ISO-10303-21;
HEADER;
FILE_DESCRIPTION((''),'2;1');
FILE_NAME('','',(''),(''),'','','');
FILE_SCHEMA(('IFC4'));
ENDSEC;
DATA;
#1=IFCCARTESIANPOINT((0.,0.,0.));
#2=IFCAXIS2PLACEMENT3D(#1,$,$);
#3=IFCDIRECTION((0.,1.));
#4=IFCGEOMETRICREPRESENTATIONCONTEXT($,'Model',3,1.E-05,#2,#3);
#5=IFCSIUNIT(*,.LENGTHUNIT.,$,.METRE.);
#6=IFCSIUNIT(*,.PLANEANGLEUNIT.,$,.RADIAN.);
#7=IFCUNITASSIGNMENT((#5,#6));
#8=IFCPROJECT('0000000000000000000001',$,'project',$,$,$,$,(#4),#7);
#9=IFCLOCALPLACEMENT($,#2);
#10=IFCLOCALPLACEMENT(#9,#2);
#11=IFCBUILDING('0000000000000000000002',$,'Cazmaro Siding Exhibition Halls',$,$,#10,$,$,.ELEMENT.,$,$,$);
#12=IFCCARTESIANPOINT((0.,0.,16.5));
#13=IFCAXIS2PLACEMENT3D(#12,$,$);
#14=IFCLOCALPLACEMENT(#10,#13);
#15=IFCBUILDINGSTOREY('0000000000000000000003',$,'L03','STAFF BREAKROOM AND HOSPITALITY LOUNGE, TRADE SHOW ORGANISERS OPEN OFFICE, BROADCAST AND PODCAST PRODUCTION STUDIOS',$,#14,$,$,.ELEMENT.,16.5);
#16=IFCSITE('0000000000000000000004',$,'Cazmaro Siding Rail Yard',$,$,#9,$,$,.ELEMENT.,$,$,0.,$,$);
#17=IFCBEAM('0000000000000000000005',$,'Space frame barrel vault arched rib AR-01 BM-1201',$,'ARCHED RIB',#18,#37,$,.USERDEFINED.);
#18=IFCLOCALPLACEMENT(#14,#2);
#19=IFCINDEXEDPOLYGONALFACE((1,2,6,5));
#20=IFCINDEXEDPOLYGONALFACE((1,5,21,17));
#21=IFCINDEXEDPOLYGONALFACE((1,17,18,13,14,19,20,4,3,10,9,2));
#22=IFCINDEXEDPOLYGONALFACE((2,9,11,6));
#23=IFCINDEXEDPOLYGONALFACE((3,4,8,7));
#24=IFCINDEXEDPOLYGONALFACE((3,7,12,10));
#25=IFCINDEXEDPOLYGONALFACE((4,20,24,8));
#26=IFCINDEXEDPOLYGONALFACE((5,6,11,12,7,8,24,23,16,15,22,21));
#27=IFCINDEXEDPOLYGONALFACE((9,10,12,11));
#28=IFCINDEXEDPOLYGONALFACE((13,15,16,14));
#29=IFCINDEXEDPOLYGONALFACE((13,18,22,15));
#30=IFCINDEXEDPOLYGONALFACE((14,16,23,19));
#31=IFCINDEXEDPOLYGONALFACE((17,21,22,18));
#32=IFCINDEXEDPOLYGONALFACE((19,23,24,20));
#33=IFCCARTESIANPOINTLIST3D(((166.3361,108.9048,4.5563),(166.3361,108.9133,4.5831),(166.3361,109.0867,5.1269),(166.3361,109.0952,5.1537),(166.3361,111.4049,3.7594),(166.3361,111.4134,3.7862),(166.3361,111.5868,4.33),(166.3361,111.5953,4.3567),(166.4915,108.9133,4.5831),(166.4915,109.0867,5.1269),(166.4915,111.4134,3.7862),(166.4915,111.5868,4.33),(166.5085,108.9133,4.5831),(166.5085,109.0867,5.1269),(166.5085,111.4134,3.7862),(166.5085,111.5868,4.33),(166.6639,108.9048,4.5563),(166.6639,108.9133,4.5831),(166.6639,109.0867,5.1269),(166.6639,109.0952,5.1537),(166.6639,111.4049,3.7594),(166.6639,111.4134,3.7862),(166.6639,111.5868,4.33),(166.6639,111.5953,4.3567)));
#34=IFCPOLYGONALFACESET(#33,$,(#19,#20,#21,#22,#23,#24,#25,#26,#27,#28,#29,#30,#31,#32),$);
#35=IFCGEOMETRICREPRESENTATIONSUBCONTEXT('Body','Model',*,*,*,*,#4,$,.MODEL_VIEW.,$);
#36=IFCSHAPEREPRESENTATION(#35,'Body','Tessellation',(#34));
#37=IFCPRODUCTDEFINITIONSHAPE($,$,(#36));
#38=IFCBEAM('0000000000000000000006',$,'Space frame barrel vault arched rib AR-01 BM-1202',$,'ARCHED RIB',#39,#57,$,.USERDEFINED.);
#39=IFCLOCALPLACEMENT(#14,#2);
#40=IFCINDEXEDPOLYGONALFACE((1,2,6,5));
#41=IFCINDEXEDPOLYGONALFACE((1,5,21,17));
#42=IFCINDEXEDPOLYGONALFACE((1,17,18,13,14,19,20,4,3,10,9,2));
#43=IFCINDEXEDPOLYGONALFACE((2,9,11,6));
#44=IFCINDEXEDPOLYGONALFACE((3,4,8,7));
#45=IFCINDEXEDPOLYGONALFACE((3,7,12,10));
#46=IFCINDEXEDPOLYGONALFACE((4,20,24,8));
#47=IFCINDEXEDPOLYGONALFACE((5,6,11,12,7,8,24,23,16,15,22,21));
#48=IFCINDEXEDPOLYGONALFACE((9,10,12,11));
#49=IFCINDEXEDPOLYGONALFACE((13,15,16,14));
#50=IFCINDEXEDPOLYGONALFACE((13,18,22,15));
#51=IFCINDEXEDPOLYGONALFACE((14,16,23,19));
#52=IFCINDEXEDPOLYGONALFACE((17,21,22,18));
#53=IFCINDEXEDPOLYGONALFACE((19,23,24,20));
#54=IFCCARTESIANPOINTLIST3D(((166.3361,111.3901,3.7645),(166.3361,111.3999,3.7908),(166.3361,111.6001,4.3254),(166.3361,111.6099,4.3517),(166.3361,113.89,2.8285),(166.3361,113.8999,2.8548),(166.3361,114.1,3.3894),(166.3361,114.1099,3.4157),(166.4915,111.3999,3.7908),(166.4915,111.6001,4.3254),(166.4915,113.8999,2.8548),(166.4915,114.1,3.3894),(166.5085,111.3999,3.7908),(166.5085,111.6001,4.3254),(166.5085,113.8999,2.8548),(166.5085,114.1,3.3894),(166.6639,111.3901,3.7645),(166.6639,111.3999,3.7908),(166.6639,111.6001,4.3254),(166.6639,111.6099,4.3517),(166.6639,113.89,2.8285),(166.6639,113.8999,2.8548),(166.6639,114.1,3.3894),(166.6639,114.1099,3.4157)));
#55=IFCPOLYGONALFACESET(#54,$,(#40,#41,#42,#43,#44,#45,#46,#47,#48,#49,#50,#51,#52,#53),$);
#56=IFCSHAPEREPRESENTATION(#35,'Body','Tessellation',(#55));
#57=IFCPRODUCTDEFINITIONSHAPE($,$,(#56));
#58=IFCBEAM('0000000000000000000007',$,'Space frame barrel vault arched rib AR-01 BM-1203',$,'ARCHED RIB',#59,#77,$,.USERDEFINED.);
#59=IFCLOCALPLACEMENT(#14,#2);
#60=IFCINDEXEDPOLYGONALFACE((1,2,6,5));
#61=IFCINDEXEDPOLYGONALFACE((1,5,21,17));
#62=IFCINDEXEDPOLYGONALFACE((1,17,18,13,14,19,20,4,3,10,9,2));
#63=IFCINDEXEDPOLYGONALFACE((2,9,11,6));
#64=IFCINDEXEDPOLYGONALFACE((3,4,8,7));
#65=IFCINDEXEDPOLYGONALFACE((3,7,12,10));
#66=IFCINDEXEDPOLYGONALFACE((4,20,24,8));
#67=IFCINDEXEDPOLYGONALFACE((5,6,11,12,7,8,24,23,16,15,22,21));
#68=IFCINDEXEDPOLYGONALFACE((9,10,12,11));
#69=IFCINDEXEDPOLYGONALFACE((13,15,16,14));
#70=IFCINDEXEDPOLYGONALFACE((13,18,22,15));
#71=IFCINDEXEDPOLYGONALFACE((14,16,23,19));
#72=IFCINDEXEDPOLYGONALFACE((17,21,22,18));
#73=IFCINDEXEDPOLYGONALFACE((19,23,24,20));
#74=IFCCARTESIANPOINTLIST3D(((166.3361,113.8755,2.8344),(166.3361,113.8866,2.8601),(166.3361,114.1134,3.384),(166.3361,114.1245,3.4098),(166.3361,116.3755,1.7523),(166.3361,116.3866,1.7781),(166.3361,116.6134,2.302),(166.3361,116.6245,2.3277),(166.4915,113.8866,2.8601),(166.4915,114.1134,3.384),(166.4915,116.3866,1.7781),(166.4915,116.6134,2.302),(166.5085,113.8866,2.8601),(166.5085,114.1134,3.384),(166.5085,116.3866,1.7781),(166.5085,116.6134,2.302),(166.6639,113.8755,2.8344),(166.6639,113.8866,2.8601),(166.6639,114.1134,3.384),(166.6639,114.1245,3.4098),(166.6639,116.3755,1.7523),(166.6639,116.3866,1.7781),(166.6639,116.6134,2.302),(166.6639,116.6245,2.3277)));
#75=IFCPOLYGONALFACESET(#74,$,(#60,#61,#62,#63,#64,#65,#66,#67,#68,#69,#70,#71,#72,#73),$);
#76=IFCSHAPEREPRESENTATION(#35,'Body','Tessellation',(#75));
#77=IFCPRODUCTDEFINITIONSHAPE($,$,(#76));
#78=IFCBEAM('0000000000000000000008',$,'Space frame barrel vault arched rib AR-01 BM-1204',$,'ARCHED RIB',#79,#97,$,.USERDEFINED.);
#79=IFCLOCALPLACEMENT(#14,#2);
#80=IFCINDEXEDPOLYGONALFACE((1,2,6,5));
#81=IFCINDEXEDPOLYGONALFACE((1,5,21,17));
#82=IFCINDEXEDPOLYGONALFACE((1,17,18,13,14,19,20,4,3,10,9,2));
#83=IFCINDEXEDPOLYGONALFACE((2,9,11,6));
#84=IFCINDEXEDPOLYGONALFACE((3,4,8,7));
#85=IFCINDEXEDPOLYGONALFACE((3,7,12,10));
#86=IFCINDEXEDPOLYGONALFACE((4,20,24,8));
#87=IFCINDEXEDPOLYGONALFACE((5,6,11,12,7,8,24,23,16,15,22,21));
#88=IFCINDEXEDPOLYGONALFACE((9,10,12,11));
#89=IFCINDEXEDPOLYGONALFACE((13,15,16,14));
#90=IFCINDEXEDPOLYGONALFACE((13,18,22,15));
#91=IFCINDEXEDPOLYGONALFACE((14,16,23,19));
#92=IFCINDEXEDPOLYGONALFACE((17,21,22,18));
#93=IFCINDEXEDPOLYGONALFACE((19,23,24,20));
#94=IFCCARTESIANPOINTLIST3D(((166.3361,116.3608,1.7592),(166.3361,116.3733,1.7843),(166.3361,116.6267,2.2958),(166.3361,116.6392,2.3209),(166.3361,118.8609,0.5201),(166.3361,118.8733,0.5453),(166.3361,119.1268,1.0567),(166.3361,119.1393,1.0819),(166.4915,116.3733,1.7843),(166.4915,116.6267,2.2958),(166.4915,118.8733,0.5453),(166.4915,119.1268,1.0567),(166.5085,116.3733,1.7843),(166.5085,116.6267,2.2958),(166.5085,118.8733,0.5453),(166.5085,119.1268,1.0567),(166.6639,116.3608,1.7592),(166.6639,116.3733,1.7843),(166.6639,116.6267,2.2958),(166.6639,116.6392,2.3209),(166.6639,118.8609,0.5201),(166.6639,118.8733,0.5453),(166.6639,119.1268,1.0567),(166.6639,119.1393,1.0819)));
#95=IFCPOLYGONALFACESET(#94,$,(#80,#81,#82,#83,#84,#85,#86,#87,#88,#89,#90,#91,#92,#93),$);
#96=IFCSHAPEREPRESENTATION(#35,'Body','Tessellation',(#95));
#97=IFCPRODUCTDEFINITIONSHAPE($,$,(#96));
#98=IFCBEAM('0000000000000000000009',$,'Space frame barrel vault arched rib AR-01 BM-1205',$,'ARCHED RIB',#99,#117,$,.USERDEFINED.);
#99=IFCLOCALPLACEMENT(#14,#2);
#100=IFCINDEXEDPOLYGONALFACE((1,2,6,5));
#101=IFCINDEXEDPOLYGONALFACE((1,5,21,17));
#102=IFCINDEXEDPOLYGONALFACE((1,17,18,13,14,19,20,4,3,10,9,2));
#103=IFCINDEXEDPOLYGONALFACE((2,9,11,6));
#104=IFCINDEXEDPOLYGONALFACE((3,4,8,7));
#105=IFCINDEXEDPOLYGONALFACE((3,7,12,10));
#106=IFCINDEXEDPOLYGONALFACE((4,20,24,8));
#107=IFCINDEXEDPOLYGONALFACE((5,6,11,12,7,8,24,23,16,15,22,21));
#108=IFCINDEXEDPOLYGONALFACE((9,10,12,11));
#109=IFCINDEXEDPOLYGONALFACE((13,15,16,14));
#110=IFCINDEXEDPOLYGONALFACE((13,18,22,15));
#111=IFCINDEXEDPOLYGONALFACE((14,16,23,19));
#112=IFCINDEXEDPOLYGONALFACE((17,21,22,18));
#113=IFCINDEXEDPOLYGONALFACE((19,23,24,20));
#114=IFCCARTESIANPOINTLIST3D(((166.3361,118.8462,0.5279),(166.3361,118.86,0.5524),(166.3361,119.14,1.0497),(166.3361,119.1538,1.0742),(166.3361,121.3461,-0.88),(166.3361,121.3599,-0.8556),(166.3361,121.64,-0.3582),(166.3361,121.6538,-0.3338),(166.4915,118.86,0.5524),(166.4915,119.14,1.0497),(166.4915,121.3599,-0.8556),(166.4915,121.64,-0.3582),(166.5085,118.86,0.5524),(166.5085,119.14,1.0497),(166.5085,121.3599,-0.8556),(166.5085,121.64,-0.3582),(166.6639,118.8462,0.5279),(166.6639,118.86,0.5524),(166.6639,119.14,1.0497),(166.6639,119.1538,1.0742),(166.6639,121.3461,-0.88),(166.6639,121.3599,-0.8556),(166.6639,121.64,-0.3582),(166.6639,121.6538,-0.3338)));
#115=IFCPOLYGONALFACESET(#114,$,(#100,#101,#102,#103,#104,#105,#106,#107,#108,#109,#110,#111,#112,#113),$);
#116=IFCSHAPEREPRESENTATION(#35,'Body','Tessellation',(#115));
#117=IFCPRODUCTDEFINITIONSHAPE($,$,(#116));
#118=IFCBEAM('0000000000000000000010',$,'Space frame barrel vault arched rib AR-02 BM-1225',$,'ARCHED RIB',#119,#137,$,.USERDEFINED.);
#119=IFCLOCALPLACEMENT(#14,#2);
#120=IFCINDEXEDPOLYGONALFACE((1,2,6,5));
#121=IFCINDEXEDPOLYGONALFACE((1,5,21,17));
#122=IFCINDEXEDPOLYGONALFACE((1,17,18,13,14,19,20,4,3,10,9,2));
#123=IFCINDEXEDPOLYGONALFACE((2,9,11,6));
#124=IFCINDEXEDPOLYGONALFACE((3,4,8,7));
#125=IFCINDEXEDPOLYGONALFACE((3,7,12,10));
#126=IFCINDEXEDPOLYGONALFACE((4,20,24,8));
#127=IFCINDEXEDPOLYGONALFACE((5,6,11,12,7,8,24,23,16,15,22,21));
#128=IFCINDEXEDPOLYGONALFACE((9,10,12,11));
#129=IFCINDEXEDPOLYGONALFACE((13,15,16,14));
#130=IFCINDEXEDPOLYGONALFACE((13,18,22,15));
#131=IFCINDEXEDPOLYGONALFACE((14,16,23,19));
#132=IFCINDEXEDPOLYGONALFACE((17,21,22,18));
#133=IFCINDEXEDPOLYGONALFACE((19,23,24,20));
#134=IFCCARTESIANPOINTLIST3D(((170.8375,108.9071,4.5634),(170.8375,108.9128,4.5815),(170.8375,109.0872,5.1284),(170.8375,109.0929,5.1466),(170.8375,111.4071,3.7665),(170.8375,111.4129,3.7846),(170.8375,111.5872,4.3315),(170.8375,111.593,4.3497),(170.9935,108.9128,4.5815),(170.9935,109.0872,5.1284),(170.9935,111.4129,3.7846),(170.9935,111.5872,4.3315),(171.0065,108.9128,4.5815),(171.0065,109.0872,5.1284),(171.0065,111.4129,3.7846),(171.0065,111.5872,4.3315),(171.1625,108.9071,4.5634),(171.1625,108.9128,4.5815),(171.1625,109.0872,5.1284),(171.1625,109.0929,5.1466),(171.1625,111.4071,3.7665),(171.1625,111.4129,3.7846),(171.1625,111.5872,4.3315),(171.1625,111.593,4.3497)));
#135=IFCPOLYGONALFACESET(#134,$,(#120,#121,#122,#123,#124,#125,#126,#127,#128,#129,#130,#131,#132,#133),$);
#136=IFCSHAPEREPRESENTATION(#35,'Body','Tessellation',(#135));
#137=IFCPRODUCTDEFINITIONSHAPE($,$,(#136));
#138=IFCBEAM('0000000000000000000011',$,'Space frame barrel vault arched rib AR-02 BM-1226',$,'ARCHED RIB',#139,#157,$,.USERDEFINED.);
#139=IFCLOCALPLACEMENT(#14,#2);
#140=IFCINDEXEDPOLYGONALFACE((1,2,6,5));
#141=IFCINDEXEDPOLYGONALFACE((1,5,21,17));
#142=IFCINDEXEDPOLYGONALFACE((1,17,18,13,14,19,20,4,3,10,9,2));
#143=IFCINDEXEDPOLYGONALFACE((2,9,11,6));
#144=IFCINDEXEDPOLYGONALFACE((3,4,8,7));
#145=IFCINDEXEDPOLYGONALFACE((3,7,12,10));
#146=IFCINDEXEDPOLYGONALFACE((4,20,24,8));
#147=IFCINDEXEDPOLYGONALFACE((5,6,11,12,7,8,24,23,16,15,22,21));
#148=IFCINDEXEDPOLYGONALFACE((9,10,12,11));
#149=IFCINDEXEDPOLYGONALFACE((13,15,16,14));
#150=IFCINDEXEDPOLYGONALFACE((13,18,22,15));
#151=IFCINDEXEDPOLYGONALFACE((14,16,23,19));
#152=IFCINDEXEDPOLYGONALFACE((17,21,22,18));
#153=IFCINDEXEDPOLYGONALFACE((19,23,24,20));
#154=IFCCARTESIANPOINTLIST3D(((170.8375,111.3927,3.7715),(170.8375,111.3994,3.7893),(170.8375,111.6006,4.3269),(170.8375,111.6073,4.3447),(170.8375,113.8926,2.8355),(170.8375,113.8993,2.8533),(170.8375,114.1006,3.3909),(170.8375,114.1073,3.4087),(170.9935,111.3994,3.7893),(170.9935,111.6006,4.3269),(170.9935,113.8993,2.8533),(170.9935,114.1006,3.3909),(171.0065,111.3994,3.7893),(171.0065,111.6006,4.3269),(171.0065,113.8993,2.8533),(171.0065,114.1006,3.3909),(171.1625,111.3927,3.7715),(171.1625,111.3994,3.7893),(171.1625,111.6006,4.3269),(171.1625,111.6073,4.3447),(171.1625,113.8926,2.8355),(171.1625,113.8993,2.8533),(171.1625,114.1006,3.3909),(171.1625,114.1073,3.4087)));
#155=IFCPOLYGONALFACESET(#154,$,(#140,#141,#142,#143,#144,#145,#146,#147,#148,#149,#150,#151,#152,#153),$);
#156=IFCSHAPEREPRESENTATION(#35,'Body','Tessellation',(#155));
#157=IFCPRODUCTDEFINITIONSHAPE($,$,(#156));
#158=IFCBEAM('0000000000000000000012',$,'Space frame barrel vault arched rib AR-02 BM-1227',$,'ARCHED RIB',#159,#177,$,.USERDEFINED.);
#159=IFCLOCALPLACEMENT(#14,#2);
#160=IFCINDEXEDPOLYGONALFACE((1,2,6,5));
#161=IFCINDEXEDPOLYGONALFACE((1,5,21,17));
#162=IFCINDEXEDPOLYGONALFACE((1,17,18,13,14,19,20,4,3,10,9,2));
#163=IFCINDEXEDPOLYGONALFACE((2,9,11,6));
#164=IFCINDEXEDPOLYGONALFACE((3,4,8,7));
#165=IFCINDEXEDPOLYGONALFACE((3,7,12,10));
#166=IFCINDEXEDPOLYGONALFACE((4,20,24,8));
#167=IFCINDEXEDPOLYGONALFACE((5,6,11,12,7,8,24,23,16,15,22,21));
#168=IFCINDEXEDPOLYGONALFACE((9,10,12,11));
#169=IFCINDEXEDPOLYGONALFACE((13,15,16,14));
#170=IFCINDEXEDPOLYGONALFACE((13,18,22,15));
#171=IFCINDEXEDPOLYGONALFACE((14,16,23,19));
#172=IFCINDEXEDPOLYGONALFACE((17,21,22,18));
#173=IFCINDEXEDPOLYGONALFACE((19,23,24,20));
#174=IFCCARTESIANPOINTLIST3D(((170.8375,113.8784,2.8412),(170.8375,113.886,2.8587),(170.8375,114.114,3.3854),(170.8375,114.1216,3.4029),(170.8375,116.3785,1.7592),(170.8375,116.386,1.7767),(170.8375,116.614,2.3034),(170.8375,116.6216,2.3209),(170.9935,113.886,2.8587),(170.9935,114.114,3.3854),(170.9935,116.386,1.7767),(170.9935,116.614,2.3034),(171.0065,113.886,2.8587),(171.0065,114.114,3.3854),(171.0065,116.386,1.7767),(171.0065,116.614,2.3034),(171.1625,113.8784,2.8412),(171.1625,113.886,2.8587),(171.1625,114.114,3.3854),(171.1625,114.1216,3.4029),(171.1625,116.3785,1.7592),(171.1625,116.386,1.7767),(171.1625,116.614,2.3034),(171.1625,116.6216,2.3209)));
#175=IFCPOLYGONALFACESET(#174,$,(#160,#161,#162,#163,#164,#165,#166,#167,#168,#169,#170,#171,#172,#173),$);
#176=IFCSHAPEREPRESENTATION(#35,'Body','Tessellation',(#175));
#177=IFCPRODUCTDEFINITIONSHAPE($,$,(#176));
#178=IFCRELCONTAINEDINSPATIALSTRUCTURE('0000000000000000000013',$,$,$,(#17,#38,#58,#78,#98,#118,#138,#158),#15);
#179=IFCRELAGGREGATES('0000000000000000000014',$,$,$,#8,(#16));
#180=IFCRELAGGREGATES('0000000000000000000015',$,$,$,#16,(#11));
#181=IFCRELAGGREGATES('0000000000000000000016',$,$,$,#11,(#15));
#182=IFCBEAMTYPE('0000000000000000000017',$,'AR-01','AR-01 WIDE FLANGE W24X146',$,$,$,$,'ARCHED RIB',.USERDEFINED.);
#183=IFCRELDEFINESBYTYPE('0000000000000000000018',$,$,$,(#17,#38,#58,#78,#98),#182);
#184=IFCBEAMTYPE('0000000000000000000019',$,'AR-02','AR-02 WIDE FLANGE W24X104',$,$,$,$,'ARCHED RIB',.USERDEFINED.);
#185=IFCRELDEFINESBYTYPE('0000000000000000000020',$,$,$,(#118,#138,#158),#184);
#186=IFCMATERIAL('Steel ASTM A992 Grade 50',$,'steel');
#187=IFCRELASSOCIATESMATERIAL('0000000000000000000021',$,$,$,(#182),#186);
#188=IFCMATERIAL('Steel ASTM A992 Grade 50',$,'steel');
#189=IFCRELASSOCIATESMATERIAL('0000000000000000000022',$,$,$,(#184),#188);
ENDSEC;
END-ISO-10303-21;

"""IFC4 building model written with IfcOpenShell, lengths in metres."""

from ifc_helpers import new_model, si_unit, direction, frame, origin, origin_2d, place, context, subcontext, project, spatial, i_section, extrude, material, material_profile, profile_set, type_object, element, save


model = new_model("IFC4")

# Units and contexts
model_context = context("Model", 3, precision=1e-05, world=origin(), true_north=direction((0.0, 1.0)))
body_context = subcontext(model_context, "Body", "Model", "MODEL_VIEW")
ifc_project = project(units=[si_unit("LENGTHUNIT", "METRE"), si_unit("PLANEANGLEUNIT", "RADIAN")], contexts=[model_context])

# Site, building, storey
site_placement = place(None, origin())
site = spatial("IfcSite", under=ifc_project, at=site_placement, Name="Cazmaro Siding Rail Yard", CompositionType="ELEMENT", RefElevation=0.0)
building_placement = place(site_placement, origin())
building = spatial("IfcBuilding", under=site, at=building_placement, Name="Cazmaro Siding Exhibition Halls", CompositionType="ELEMENT")
storey_placement = place(building_placement, frame((0.0, 0.0, 16.5)))
storey = spatial("IfcBuildingStorey", under=building, at=storey_placement, Name="L03", Description="STAFF BREAKROOM AND HOSPITALITY LOUNGE, TRADE SHOW ORGANISERS OPEN OFFICE, BROADCAST AND PODCAST PRODUCTION STUDIOS", CompositionType="ELEMENT", Elevation=16.5)

# Beams
ifc_material_1 = material(Name="Steel ASTM A992 Grade 50", Category="steel")
ifc_material_profile_1 = material_profile(ifc_material_1, i_section(OverallWidth=0.3279, OverallDepth=0.627, WebThickness=0.0171, FlangeThickness=0.0281, at=origin_2d()), Name="W24X146")
ifc_profile_set_1 = profile_set([ifc_material_profile_1], Name="Steel ASTM A992 Grade 50")
beam_type_1 = type_object("IfcBeamType", Name="AR-01", Description="AR-01 WIDE FLANGE W24X146", ElementType="ARCHED RIB", PredefinedType="USERDEFINED", material=ifc_profile_set_1)
beam_1_placement = place(storey_placement, frame((166.5, 109.0, 4.855), z_axis=(0.0, 0.952769, -0.303695), x_axis=(-1.0, 0.0, 0.0)))
element("IfcBeam", 1, at=beam_1_placement, inside=storey, type_object=beam_type_1, Name="Space frame barrel vault arched rib AR-01 BM-1201", ObjectType="ARCHED RIB", PredefinedType="USERDEFINED", context=body_context, shape_type="SweptSolid", body=[
    extrude(i_section(OverallWidth=0.3279, OverallDepth=0.627, WebThickness=0.0171, FlangeThickness=0.0281, at=origin_2d()), origin(), (0.0, 0.0, 1.0), 2.624),
])
beam_2_placement = place(storey_placement, frame((166.5, 111.5, 4.0581), z_axis=(0.0, 0.936509, -0.350642), x_axis=(-1.0, 0.0, 0.0)))
element("IfcBeam", 2, at=beam_2_placement, inside=storey, type_object=beam_type_1, Name="Space frame barrel vault arched rib AR-01 BM-1202", ObjectType="ARCHED RIB", PredefinedType="USERDEFINED", context=body_context, shape_type="SweptSolid", body=[
    extrude(i_section(OverallWidth=0.3279, OverallDepth=0.627, WebThickness=0.0171, FlangeThickness=0.0281, at=origin_2d()), origin(), (0.0, 0.0, 1.0), 2.6694),
])
beam_3_placement = place(storey_placement, frame((166.5, 114.0, 3.1221), z_axis=(0.0, 0.91773, -0.397205), x_axis=(-1.0, 0.0, 0.0)))
element("IfcBeam", 3, at=beam_3_placement, inside=storey, type_object=beam_type_1, Name="Space frame barrel vault arched rib AR-01 BM-1203", ObjectType="ARCHED RIB", PredefinedType="USERDEFINED", context=body_context, shape_type="SweptSolid", body=[
    extrude(i_section(OverallWidth=0.3279, OverallDepth=0.627, WebThickness=0.0171, FlangeThickness=0.0281, at=origin_2d()), origin(), (0.0, 0.0, 1.0), 2.7241),
])
beam_4_placement = place(storey_placement, frame((166.5, 116.5, 2.04), z_axis=(0.0, 0.895997, -0.444061), x_axis=(-1.0, 0.0, 0.0)))
element("IfcBeam", 4, at=beam_4_placement, inside=storey, type_object=beam_type_1, Name="Space frame barrel vault arched rib AR-01 BM-1204", ObjectType="ARCHED RIB", PredefinedType="USERDEFINED", context=body_context, shape_type="SweptSolid", body=[
    extrude(i_section(OverallWidth=0.3279, OverallDepth=0.627, WebThickness=0.0171, FlangeThickness=0.0281, at=origin_2d()), origin(), (0.0, 0.0, 1.0), 2.7903),
])
beam_5_placement = place(storey_placement, frame((166.5, 119.0, 0.801), z_axis=(0.0, 0.871321, -0.490714), x_axis=(-1.0, 0.0, 0.0)))
element("IfcBeam", 5, at=beam_5_placement, inside=storey, type_object=beam_type_1, Name="Space frame barrel vault arched rib AR-01 BM-1205", ObjectType="ARCHED RIB", PredefinedType="USERDEFINED", context=body_context, shape_type="SweptSolid", body=[
    extrude(i_section(OverallWidth=0.3279, OverallDepth=0.627, WebThickness=0.0171, FlangeThickness=0.0281, at=origin_2d()), origin(), (0.0, 0.0, 1.0), 2.8691),
])
ifc_material_2 = material(Name="Steel ASTM A992 Grade 50", Category="steel")
ifc_material_profile_2 = material_profile(ifc_material_2, i_section(OverallWidth=0.325, OverallDepth=0.6121, WebThickness=0.0129, FlangeThickness=0.019, at=origin_2d()), Name="W24X104")
ifc_profile_set_2 = profile_set([ifc_material_profile_2], Name="Steel ASTM A992 Grade 50")
beam_type_2 = type_object("IfcBeamType", Name="AR-02", Description="AR-02 WIDE FLANGE W24X104", ElementType="ARCHED RIB", PredefinedType="USERDEFINED", material=ifc_profile_set_2)
beam_6_placement = place(storey_placement, frame((171.0, 109.0, 4.855), z_axis=(0.0, 0.952769, -0.303695), x_axis=(-1.0, 0.0, 0.0)))
element("IfcBeam", 6, at=beam_6_placement, inside=storey, type_object=beam_type_2, Name="Space frame barrel vault arched rib AR-02 BM-1225", ObjectType="ARCHED RIB", PredefinedType="USERDEFINED", context=body_context, shape_type="SweptSolid", body=[
    extrude(i_section(OverallWidth=0.325, OverallDepth=0.6121, WebThickness=0.0129, FlangeThickness=0.019, at=origin_2d()), origin(), (0.0, 0.0, 1.0), 2.624),
])
beam_7_placement = place(storey_placement, frame((171.0, 111.5, 4.0581), z_axis=(0.0, 0.936509, -0.350642), x_axis=(-1.0, 0.0, 0.0)))
element("IfcBeam", 7, at=beam_7_placement, inside=storey, type_object=beam_type_2, Name="Space frame barrel vault arched rib AR-02 BM-1226", ObjectType="ARCHED RIB", PredefinedType="USERDEFINED", context=body_context, shape_type="SweptSolid", body=[
    extrude(i_section(OverallWidth=0.325, OverallDepth=0.6121, WebThickness=0.0129, FlangeThickness=0.019, at=origin_2d()), origin(), (0.0, 0.0, 1.0), 2.6694),
])
beam_8_placement = place(storey_placement, frame((171.0, 114.0, 3.1221), z_axis=(0.0, 0.91773, -0.397205), x_axis=(-1.0, 0.0, 0.0)))
element("IfcBeam", 8, at=beam_8_placement, inside=storey, type_object=beam_type_2, Name="Space frame barrel vault arched rib AR-02 BM-1227", ObjectType="ARCHED RIB", PredefinedType="USERDEFINED", context=body_context, shape_type="SweptSolid", body=[
    extrude(i_section(OverallWidth=0.325, OverallDepth=0.6121, WebThickness=0.0129, FlangeThickness=0.019, at=origin_2d()), origin(), (0.0, 0.0, 1.0), 2.7241),
])

save(model, "model.ifc")
